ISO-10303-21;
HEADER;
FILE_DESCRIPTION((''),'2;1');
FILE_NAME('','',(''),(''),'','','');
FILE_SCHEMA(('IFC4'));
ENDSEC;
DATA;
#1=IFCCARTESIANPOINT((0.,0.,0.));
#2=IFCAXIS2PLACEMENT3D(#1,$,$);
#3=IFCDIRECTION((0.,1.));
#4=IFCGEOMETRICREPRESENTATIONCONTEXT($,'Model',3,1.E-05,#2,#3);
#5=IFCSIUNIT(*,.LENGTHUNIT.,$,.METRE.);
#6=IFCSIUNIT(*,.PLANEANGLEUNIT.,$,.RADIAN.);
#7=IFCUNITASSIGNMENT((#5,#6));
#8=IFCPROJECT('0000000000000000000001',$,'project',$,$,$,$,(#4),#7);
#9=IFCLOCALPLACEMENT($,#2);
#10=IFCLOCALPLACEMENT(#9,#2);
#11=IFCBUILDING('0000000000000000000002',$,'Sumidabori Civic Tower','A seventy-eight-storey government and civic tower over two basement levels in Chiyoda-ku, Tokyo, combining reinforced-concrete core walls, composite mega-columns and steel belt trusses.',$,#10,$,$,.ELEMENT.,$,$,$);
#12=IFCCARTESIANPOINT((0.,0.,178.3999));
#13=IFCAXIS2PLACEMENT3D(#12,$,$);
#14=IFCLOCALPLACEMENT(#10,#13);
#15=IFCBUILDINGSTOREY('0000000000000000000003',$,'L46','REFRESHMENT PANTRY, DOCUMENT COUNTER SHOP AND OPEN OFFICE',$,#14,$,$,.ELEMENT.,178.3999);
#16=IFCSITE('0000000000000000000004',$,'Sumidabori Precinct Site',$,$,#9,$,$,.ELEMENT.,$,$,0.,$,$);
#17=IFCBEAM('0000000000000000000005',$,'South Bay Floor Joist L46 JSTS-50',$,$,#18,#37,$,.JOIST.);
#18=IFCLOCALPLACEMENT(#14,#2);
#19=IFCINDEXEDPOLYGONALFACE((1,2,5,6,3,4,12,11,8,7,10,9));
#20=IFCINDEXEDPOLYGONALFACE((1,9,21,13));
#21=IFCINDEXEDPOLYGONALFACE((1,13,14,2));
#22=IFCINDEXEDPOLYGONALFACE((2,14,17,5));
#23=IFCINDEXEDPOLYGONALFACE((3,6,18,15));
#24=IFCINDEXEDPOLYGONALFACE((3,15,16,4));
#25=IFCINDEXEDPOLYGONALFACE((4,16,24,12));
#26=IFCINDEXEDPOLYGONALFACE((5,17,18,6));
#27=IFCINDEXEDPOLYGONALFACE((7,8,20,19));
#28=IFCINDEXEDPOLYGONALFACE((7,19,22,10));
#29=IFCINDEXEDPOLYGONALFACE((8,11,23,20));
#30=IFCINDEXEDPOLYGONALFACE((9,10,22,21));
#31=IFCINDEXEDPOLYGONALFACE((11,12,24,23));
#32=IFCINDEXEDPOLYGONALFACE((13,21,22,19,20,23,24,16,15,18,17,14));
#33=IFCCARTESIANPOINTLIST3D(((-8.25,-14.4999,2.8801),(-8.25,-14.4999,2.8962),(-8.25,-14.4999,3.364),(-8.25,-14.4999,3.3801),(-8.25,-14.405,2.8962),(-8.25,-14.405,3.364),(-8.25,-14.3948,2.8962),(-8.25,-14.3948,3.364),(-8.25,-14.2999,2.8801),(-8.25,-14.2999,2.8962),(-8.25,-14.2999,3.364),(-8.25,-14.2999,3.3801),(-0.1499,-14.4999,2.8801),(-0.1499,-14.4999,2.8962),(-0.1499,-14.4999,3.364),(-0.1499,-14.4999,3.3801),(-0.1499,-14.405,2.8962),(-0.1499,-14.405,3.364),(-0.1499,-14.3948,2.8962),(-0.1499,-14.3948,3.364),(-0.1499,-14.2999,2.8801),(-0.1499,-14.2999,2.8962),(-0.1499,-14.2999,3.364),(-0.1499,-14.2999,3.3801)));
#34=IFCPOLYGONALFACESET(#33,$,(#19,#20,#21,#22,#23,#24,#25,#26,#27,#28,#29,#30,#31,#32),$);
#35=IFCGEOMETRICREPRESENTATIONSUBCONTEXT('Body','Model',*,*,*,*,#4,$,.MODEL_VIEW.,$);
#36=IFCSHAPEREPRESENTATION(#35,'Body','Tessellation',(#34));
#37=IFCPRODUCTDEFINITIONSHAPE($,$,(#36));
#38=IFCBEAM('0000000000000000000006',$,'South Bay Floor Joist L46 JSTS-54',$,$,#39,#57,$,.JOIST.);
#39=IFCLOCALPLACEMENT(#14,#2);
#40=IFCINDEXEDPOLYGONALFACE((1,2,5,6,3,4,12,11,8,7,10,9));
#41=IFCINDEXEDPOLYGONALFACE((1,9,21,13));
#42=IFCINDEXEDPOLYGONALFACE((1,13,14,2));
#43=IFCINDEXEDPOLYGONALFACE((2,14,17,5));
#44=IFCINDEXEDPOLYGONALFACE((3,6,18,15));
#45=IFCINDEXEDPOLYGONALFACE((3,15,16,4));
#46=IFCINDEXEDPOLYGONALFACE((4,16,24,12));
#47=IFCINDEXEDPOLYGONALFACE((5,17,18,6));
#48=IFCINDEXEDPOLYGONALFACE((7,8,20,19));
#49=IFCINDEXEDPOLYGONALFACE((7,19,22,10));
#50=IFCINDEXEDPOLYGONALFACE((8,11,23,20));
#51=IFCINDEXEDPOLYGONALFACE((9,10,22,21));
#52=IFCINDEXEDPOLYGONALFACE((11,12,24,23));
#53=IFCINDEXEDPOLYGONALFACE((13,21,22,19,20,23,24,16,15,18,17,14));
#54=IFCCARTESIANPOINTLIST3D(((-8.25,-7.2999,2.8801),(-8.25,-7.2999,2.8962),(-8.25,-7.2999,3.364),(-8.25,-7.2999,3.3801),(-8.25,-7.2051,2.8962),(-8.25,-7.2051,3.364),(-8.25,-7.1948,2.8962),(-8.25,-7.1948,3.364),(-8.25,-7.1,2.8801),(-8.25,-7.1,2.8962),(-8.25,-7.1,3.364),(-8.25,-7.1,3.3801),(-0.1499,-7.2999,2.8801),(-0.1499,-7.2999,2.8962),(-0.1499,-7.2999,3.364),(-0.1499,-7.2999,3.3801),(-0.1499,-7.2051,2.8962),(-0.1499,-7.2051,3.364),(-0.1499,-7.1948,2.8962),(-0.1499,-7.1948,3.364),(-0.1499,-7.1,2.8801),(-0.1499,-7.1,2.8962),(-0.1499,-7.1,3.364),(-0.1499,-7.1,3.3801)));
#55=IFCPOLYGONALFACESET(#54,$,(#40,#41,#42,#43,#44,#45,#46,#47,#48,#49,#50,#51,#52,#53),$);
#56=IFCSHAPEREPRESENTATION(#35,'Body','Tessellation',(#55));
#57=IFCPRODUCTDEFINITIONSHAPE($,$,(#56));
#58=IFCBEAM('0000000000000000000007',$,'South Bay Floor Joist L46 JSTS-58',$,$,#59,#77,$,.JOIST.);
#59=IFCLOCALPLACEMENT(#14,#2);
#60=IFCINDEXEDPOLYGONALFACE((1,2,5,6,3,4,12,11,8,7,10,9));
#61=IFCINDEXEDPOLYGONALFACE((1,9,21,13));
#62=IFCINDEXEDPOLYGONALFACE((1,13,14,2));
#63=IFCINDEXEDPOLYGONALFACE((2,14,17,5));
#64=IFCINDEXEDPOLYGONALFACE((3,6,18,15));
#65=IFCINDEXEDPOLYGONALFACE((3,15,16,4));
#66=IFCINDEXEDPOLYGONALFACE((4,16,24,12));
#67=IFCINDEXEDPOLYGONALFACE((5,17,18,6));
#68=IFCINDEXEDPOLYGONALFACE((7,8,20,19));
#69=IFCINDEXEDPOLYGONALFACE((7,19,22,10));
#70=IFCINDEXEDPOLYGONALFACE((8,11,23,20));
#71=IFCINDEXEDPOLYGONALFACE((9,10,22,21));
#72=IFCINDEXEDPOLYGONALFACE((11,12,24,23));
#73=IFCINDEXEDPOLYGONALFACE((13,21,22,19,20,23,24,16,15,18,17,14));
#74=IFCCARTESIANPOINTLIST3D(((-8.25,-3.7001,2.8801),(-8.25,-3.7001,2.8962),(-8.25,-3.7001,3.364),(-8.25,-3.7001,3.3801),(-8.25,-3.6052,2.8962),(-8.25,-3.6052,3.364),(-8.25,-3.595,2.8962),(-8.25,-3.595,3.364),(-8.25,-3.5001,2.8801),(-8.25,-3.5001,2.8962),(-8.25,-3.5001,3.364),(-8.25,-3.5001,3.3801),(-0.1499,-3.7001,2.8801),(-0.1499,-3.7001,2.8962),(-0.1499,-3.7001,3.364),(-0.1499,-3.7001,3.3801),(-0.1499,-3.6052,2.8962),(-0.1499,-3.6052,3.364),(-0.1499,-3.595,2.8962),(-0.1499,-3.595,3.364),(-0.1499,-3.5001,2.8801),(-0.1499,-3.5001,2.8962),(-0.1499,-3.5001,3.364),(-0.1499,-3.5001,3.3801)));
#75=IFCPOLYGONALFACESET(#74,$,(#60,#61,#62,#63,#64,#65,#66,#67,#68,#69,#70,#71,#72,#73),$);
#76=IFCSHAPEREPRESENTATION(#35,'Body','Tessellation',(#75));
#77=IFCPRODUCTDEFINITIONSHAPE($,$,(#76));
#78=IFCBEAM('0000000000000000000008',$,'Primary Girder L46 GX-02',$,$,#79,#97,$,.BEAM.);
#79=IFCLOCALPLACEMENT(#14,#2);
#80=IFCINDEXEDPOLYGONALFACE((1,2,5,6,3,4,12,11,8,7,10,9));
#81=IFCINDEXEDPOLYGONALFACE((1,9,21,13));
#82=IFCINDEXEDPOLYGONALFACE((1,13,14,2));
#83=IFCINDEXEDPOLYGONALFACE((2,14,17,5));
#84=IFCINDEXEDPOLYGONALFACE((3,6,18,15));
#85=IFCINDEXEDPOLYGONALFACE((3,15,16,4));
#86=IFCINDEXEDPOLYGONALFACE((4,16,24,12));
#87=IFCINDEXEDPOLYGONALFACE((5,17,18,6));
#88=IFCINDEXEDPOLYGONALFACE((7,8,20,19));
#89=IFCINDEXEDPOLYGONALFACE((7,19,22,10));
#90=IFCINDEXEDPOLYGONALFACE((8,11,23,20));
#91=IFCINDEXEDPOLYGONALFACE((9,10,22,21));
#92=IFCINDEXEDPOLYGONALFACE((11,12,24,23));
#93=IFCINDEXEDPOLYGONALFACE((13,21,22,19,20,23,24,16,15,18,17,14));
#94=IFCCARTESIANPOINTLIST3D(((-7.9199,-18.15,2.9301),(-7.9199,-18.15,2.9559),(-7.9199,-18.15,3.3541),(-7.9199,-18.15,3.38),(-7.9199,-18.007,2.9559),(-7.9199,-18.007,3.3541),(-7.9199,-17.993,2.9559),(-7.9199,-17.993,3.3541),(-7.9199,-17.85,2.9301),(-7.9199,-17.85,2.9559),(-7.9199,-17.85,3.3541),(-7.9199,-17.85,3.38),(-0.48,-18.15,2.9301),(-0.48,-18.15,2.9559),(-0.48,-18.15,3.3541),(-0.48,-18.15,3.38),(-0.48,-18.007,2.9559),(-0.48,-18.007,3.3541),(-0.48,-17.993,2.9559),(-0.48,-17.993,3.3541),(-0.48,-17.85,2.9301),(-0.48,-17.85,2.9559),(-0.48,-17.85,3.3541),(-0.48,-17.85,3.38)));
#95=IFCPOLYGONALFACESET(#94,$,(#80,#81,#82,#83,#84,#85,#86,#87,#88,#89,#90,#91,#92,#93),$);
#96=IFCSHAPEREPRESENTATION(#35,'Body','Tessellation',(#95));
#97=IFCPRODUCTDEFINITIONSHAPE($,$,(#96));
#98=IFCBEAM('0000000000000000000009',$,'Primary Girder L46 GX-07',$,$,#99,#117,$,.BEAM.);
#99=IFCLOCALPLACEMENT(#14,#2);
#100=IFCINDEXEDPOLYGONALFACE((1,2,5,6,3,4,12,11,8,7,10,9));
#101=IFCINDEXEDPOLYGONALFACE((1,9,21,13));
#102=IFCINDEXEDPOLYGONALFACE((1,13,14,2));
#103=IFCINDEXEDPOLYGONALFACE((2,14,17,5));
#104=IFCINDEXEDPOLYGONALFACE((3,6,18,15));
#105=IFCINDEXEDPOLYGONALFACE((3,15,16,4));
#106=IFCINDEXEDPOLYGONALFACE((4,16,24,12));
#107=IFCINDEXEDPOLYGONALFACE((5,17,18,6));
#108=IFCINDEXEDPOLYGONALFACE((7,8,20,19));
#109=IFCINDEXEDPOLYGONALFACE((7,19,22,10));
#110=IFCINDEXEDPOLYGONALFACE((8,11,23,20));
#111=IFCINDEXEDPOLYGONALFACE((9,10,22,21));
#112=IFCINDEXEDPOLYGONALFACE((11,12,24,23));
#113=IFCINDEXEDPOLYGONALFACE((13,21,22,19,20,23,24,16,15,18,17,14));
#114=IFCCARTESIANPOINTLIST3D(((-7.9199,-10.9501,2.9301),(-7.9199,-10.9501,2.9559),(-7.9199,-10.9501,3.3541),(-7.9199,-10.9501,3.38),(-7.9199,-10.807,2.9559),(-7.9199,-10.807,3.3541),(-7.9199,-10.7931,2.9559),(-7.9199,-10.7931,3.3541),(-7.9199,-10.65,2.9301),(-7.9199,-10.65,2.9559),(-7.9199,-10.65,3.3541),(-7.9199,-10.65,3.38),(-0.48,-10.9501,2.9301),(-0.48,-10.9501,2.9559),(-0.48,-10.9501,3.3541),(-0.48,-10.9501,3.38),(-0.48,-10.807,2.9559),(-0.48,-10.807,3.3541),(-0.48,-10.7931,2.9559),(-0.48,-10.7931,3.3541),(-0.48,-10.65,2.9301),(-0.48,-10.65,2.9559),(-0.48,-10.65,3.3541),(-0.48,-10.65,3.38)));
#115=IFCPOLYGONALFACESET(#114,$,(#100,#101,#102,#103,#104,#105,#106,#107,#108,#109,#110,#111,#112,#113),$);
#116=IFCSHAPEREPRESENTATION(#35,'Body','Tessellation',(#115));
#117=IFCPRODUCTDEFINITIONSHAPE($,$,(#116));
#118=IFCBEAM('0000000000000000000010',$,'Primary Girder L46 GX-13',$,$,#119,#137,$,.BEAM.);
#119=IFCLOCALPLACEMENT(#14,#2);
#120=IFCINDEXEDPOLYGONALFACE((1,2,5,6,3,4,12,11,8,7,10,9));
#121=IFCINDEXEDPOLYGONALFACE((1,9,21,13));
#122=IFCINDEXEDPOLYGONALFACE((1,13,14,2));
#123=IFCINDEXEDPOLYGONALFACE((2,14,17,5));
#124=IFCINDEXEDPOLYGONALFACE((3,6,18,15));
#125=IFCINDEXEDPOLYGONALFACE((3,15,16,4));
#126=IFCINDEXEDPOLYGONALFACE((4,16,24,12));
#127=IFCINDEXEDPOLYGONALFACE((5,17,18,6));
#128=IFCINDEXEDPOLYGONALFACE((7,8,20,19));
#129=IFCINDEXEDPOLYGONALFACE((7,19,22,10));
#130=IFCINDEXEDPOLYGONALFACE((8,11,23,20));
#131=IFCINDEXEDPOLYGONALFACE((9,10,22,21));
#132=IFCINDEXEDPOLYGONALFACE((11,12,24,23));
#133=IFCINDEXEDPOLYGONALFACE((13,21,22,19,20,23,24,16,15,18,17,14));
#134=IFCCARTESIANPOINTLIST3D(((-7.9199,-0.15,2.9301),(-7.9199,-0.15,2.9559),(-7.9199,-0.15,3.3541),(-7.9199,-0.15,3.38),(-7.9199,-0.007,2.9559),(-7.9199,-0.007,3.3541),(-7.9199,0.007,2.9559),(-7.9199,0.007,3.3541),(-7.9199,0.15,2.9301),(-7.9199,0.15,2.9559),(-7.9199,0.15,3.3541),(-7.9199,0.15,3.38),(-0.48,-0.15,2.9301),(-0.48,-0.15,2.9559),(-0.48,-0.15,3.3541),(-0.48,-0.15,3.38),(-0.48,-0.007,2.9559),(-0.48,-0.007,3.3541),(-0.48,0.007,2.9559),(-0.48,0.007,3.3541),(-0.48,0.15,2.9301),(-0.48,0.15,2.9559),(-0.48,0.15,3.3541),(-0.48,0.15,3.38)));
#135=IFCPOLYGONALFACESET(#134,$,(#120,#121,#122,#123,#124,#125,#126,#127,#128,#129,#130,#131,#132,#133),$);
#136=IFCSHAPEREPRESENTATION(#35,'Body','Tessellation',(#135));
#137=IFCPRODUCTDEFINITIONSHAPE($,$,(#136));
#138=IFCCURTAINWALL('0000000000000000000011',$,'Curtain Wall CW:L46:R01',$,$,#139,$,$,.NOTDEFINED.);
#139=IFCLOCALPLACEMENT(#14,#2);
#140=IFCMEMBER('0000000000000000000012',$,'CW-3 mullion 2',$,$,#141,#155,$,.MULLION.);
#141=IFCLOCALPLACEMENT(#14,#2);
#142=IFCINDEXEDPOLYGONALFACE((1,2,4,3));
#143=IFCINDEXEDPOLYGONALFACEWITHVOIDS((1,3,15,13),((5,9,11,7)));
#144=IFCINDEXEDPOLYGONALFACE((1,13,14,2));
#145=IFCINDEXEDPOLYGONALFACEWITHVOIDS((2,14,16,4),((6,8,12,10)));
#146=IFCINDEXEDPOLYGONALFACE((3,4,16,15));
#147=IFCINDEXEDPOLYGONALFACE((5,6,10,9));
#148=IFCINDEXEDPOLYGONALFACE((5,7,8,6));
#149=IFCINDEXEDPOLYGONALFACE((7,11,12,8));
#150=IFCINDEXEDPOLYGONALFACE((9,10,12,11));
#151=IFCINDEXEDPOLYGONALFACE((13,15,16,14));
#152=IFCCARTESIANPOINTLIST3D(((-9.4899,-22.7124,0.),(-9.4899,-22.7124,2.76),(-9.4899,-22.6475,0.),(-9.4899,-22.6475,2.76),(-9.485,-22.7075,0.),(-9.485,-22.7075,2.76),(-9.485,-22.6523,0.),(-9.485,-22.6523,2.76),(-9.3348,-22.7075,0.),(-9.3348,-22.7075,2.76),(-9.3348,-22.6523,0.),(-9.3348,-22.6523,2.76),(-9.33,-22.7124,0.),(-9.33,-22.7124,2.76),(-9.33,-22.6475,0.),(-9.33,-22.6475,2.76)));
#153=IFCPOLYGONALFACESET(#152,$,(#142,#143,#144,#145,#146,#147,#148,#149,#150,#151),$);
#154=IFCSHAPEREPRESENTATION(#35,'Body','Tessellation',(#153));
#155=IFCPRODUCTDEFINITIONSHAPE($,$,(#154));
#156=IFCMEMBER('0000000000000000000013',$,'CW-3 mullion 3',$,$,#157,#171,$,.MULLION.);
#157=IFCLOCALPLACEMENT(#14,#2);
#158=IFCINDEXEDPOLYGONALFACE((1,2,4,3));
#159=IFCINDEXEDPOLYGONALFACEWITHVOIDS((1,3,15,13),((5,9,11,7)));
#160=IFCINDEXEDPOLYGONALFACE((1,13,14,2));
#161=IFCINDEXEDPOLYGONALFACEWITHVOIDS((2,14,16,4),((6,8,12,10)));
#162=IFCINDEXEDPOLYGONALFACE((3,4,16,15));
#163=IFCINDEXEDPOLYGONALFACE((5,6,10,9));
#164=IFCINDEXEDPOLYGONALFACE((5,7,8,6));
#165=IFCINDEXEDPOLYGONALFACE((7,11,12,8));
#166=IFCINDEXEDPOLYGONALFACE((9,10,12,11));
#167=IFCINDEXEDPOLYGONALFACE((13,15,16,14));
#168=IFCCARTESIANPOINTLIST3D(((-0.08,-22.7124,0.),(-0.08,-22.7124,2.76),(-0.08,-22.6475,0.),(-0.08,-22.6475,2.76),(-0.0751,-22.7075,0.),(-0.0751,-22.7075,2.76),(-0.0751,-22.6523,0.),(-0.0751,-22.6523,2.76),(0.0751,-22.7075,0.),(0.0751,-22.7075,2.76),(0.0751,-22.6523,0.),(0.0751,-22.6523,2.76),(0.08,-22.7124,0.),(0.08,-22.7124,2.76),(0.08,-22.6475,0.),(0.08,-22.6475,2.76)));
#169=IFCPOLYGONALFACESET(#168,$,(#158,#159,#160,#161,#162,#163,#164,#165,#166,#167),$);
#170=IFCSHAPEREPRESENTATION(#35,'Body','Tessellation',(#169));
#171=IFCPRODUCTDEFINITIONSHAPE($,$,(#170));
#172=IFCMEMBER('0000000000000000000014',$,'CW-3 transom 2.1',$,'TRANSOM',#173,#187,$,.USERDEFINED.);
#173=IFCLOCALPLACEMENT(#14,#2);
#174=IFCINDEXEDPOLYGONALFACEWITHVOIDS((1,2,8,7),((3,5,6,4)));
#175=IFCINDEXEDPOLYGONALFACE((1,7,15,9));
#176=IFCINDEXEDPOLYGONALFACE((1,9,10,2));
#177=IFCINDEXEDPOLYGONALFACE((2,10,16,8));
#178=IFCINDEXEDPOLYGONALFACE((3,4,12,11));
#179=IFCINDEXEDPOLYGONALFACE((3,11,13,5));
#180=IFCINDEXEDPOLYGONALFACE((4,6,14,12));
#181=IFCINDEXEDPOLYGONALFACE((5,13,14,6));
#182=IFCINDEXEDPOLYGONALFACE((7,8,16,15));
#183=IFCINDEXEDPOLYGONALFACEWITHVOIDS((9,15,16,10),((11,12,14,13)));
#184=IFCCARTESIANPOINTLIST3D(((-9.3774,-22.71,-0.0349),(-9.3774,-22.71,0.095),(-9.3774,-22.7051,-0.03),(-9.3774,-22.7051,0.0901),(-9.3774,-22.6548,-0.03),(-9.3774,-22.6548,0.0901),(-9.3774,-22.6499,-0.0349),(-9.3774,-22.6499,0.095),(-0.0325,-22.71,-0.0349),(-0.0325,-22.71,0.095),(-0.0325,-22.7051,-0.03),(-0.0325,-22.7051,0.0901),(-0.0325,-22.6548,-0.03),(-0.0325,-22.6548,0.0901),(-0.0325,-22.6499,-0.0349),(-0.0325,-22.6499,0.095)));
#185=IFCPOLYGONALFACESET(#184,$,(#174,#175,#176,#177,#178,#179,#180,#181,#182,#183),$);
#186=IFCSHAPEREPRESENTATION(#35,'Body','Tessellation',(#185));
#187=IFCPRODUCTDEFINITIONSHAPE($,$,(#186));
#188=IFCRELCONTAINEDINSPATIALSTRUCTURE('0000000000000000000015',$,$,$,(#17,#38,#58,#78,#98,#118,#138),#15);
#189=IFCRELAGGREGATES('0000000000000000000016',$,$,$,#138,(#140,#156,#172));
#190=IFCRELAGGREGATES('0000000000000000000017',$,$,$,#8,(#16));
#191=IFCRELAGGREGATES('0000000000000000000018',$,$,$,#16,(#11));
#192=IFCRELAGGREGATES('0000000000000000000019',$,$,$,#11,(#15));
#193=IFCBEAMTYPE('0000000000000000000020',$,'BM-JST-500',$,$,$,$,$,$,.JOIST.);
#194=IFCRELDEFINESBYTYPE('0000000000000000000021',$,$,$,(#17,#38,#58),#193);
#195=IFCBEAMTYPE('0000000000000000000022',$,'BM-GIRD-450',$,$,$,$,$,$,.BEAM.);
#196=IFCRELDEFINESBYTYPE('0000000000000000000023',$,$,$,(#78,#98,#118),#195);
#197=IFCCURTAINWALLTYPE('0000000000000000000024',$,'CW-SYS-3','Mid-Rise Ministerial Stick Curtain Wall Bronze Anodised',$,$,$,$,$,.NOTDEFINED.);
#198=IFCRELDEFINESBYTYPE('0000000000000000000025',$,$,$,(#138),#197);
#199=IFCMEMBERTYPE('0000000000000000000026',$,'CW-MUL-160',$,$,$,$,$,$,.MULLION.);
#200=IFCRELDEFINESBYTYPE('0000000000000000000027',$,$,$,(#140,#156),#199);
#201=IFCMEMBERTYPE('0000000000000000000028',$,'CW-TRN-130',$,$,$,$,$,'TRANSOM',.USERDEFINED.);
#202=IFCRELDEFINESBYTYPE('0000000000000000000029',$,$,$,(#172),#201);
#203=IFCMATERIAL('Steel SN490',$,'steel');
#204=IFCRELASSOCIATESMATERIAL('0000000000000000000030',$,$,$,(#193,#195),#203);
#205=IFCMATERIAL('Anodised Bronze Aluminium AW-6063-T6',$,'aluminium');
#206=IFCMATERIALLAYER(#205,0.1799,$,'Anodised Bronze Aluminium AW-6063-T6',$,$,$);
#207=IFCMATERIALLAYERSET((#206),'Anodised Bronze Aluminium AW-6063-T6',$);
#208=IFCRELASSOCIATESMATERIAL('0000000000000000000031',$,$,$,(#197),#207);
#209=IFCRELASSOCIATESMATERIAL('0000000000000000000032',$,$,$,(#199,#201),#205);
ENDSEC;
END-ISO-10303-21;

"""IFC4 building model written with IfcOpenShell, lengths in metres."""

from ifc_helpers import new_model, si_unit, direction, frame, origin, origin_2d, place, context, subcontext, project, spatial, hollow_rectangle, i_section, extrude, source, transform, mapped, material, layer, layer_set, material_profile, profile_set, type_object, element, aggregate, save


model = new_model("IFC4")

# Units and contexts
model_context = context("Model", 3, precision=1e-05, world=origin(), true_north=direction((0.0, 1.0)))
body_context = subcontext(model_context, "Body", "Model", "MODEL_VIEW")
ifc_project = project(units=[si_unit("LENGTHUNIT", "METRE"), si_unit("PLANEANGLEUNIT", "RADIAN")], contexts=[model_context])

# Site, building, storey
site_placement = place(None, origin())
site = spatial("IfcSite", under=ifc_project, at=site_placement, Name="Sumidabori Precinct Site", CompositionType="ELEMENT", RefElevation=0.0)
building_placement = place(site_placement, origin())
building = spatial("IfcBuilding", under=site, at=building_placement, Name="Sumidabori Civic Tower", Description="A seventy-eight-storey government and civic tower over two basement levels in Chiyoda-ku, Tokyo, combining reinforced-concrete core walls, composite mega-columns and steel belt trusses.", CompositionType="ELEMENT")
storey_placement = place(building_placement, frame((0.0, 0.0, 178.3999)))
storey = spatial("IfcBuildingStorey", under=building, at=storey_placement, Name="L46", Description="REFRESHMENT PANTRY, DOCUMENT COUNTER SHOP AND OPEN OFFICE", CompositionType="ELEMENT", Elevation=178.3999)

# Beams
ifc_material_1 = material(Name="Steel SN490", Category="steel")
ifc_material_profile_1 = material_profile(ifc_material_1, i_section(OverallWidth=0.2, OverallDepth=0.5, WebThickness=0.0103, FlangeThickness=0.0161, at=origin_2d()), Name="IPE 500")
ifc_profile_set_1 = profile_set([ifc_material_profile_1], Name="Steel SN490")
beam_type_1 = type_object("IfcBeamType", Name="BM-JST-500", PredefinedType="JOIST", material=ifc_profile_set_1)
shared_shape_1 = source(origin(), body_context, "Body", "SweptSolid", [
    extrude(i_section(OverallWidth=0.2, OverallDepth=0.5, WebThickness=0.0103, FlangeThickness=0.0161, at=origin_2d()), origin(), (0.0, 0.0, 1.0), 8.1001),
])
for number, where, z_axis, x_axis, name in (
    (1, (-8.25, -14.3999, 3.1301), (1.0, 0.0, 0.0), (0.0, 1.0, 0.0), "South Bay Floor Joist L46 JSTS-50"),
    (2, (-8.25, -7.2, 3.1301), (1.0, 0.0, 0.0), (0.0, 1.0, 0.0), "South Bay Floor Joist L46 JSTS-54"),
    (3, (-8.25, -3.6001, 3.1301), (1.0, 0.0, 0.0), (0.0, 1.0, 0.0), "South Bay Floor Joist L46 JSTS-58"),
):
    element("IfcBeam", number, at=place(storey_placement, frame(where, z_axis=z_axis, x_axis=x_axis)), inside=storey, type_object=beam_type_1, Name=name, PredefinedType="JOIST", context=body_context, shape_type="MappedRepresentation", body=[
        mapped(shared_shape_1, transform((0.0, 0.0, 0.0), x_axis=(1.0, 0.0, 0.0), y_axis=(0.0, 1.0, 0.0), z_axis=(0.0, 0.0, 1.0), scale=1.0)),
    ])
ifc_material_profile_2 = material_profile(ifc_material_1, i_section(OverallWidth=0.3, OverallDepth=0.45, WebThickness=0.0139, FlangeThickness=0.0259, at=origin_2d()), Name="HE 450 B")
ifc_profile_set_2 = profile_set([ifc_material_profile_2], Name="Steel SN490")
beam_type_2 = type_object("IfcBeamType", Name="BM-GIRD-450", PredefinedType="BEAM", material=ifc_profile_set_2)
shared_shape_2 = source(origin(), body_context, "Body", "SweptSolid", [
    extrude(i_section(OverallWidth=0.3, OverallDepth=0.45, WebThickness=0.0139, FlangeThickness=0.0259, at=origin_2d()), origin(), (0.0, 0.0, 1.0), 7.4399),
])
for number, where, z_axis, x_axis, name in (
    (4, (-7.9199, -18.0, 3.155), (1.0, 0.0, 0.0), (0.0, 1.0, 0.0), "Primary Girder L46 GX-02"),
    (5, (-7.9199, -10.8, 3.155), (1.0, 0.0, 0.0), (0.0, 1.0, 0.0), "Primary Girder L46 GX-07"),
    (6, (-7.9199, 0.0, 3.155), (1.0, 0.0, 0.0), (0.0, 1.0, 0.0), "Primary Girder L46 GX-13"),
):
    element("IfcBeam", number, at=place(storey_placement, frame(where, z_axis=z_axis, x_axis=x_axis)), inside=storey, type_object=beam_type_2, Name=name, PredefinedType="BEAM", context=body_context, shape_type="MappedRepresentation", body=[
        mapped(shared_shape_2, transform((0.0, 0.0, 0.0), x_axis=(1.0, 0.0, 0.0), y_axis=(0.0, 1.0, 0.0), z_axis=(0.0, 0.0, 1.0), scale=1.0)),
    ])

# Curtain wall, members
ifc_material_2 = material(Name="Anodised Bronze Aluminium AW-6063-T6", Category="aluminium")
ifc_layer_1 = layer(ifc_material_2, 0.1799, Name="Anodised Bronze Aluminium AW-6063-T6")
ifc_layer_set_1 = layer_set([ifc_layer_1], Name="Anodised Bronze Aluminium AW-6063-T6")
curtain_wall_type = type_object("IfcCurtainWallType", Name="CW-SYS-3", Description="Mid-Rise Ministerial Stick Curtain Wall Bronze Anodised", PredefinedType="NOTDEFINED", material=ifc_layer_set_1)
curtain_wall_placement = place(storey_placement, origin())
curtain_wall = element("IfcCurtainWall", 7, at=curtain_wall_placement, inside=storey, type_object=curtain_wall_type, Name="Curtain Wall CW:L46:R01", PredefinedType="NOTDEFINED")
ifc_material_profile_3 = material_profile(ifc_material_2, hollow_rectangle(XDim=0.0649, YDim=0.1599, WallThickness=0.0049, at=origin_2d()), Name="ALU MULLION 160x65")
ifc_profile_set_3 = profile_set([ifc_material_profile_3], Name="Anodised Bronze Aluminium AW-6063-T6")
member_type_1 = type_object("IfcMemberType", Name="CW-MUL-160", PredefinedType="MULLION", material=ifc_profile_set_3)
shared_shape_3 = source(origin(), body_context, "Body", "SweptSolid", [
    extrude(hollow_rectangle(XDim=0.0649, YDim=0.1599, WallThickness=0.0049, at=origin_2d()), origin(), (0.0, 0.0, 1.0), 2.76),
])
member_1_placement = place(storey_placement, frame((-9.4099, -22.6799, 0.0), z_axis=(0.0, 0.0, 1.0), x_axis=(0.0, 1.0, 0.0)))
member_1 = element("IfcMember", 8, at=member_1_placement, type_object=member_type_1, Name="CW-3 mullion 2", PredefinedType="MULLION", context=body_context, shape_type="MappedRepresentation", body=[
    mapped(shared_shape_3, transform((0.0, 0.0, 0.0), x_axis=(1.0, 0.0, 0.0), y_axis=(0.0, 1.0, 0.0), z_axis=(0.0, 0.0, 1.0), scale=1.0)),
])
member_2_placement = place(storey_placement, frame((0.0, -22.6799, 0.0), z_axis=(0.0, 0.0, 1.0), x_axis=(0.0, 1.0, 0.0)))
member_2 = element("IfcMember", 9, at=member_2_placement, type_object=member_type_1, Name="CW-3 mullion 3", PredefinedType="MULLION", context=body_context, shape_type="MappedRepresentation", body=[
    mapped(shared_shape_3, transform((0.0, 0.0, 0.0), x_axis=(1.0, 0.0, 0.0), y_axis=(0.0, 1.0, 0.0), z_axis=(0.0, 0.0, 1.0), scale=1.0)),
])
ifc_material_profile_4 = material_profile(ifc_material_2, hollow_rectangle(XDim=0.0601, YDim=0.1299, WallThickness=0.0049, at=origin_2d()), Name="ALU TRANSOM 130x60")
ifc_profile_set_4 = profile_set([ifc_material_profile_4], Name="Anodised Bronze Aluminium AW-6063-T6")
member_type_2 = type_object("IfcMemberType", Name="CW-TRN-130", ElementType="TRANSOM", PredefinedType="USERDEFINED", material=ifc_profile_set_4)
shared_shape_4 = source(origin(), body_context, "Body", "SweptSolid", [
    extrude(hollow_rectangle(XDim=0.0601, YDim=0.1299, WallThickness=0.0049, at=origin_2d()), origin(), (0.0, 0.0, 1.0), 9.345),
])
member_3_placement = place(storey_placement, frame((-9.3774, -22.6799, 0.03), z_axis=(1.0, 0.0, 0.0), x_axis=(0.0, 1.0, 0.0)))
member_3 = element("IfcMember", 10, at=member_3_placement, type_object=member_type_2, Name="CW-3 transom 2.1", ObjectType="TRANSOM", PredefinedType="USERDEFINED", context=body_context, shape_type="MappedRepresentation", body=[
    mapped(shared_shape_4, transform((0.0, 0.0, 0.0), x_axis=(1.0, 0.0, 0.0), y_axis=(0.0, 1.0, 0.0), z_axis=(0.0, 0.0, 1.0), scale=1.0)),
])

aggregate(curtain_wall, [member_1, member_2, member_3])

save(model, "model.ifc")
